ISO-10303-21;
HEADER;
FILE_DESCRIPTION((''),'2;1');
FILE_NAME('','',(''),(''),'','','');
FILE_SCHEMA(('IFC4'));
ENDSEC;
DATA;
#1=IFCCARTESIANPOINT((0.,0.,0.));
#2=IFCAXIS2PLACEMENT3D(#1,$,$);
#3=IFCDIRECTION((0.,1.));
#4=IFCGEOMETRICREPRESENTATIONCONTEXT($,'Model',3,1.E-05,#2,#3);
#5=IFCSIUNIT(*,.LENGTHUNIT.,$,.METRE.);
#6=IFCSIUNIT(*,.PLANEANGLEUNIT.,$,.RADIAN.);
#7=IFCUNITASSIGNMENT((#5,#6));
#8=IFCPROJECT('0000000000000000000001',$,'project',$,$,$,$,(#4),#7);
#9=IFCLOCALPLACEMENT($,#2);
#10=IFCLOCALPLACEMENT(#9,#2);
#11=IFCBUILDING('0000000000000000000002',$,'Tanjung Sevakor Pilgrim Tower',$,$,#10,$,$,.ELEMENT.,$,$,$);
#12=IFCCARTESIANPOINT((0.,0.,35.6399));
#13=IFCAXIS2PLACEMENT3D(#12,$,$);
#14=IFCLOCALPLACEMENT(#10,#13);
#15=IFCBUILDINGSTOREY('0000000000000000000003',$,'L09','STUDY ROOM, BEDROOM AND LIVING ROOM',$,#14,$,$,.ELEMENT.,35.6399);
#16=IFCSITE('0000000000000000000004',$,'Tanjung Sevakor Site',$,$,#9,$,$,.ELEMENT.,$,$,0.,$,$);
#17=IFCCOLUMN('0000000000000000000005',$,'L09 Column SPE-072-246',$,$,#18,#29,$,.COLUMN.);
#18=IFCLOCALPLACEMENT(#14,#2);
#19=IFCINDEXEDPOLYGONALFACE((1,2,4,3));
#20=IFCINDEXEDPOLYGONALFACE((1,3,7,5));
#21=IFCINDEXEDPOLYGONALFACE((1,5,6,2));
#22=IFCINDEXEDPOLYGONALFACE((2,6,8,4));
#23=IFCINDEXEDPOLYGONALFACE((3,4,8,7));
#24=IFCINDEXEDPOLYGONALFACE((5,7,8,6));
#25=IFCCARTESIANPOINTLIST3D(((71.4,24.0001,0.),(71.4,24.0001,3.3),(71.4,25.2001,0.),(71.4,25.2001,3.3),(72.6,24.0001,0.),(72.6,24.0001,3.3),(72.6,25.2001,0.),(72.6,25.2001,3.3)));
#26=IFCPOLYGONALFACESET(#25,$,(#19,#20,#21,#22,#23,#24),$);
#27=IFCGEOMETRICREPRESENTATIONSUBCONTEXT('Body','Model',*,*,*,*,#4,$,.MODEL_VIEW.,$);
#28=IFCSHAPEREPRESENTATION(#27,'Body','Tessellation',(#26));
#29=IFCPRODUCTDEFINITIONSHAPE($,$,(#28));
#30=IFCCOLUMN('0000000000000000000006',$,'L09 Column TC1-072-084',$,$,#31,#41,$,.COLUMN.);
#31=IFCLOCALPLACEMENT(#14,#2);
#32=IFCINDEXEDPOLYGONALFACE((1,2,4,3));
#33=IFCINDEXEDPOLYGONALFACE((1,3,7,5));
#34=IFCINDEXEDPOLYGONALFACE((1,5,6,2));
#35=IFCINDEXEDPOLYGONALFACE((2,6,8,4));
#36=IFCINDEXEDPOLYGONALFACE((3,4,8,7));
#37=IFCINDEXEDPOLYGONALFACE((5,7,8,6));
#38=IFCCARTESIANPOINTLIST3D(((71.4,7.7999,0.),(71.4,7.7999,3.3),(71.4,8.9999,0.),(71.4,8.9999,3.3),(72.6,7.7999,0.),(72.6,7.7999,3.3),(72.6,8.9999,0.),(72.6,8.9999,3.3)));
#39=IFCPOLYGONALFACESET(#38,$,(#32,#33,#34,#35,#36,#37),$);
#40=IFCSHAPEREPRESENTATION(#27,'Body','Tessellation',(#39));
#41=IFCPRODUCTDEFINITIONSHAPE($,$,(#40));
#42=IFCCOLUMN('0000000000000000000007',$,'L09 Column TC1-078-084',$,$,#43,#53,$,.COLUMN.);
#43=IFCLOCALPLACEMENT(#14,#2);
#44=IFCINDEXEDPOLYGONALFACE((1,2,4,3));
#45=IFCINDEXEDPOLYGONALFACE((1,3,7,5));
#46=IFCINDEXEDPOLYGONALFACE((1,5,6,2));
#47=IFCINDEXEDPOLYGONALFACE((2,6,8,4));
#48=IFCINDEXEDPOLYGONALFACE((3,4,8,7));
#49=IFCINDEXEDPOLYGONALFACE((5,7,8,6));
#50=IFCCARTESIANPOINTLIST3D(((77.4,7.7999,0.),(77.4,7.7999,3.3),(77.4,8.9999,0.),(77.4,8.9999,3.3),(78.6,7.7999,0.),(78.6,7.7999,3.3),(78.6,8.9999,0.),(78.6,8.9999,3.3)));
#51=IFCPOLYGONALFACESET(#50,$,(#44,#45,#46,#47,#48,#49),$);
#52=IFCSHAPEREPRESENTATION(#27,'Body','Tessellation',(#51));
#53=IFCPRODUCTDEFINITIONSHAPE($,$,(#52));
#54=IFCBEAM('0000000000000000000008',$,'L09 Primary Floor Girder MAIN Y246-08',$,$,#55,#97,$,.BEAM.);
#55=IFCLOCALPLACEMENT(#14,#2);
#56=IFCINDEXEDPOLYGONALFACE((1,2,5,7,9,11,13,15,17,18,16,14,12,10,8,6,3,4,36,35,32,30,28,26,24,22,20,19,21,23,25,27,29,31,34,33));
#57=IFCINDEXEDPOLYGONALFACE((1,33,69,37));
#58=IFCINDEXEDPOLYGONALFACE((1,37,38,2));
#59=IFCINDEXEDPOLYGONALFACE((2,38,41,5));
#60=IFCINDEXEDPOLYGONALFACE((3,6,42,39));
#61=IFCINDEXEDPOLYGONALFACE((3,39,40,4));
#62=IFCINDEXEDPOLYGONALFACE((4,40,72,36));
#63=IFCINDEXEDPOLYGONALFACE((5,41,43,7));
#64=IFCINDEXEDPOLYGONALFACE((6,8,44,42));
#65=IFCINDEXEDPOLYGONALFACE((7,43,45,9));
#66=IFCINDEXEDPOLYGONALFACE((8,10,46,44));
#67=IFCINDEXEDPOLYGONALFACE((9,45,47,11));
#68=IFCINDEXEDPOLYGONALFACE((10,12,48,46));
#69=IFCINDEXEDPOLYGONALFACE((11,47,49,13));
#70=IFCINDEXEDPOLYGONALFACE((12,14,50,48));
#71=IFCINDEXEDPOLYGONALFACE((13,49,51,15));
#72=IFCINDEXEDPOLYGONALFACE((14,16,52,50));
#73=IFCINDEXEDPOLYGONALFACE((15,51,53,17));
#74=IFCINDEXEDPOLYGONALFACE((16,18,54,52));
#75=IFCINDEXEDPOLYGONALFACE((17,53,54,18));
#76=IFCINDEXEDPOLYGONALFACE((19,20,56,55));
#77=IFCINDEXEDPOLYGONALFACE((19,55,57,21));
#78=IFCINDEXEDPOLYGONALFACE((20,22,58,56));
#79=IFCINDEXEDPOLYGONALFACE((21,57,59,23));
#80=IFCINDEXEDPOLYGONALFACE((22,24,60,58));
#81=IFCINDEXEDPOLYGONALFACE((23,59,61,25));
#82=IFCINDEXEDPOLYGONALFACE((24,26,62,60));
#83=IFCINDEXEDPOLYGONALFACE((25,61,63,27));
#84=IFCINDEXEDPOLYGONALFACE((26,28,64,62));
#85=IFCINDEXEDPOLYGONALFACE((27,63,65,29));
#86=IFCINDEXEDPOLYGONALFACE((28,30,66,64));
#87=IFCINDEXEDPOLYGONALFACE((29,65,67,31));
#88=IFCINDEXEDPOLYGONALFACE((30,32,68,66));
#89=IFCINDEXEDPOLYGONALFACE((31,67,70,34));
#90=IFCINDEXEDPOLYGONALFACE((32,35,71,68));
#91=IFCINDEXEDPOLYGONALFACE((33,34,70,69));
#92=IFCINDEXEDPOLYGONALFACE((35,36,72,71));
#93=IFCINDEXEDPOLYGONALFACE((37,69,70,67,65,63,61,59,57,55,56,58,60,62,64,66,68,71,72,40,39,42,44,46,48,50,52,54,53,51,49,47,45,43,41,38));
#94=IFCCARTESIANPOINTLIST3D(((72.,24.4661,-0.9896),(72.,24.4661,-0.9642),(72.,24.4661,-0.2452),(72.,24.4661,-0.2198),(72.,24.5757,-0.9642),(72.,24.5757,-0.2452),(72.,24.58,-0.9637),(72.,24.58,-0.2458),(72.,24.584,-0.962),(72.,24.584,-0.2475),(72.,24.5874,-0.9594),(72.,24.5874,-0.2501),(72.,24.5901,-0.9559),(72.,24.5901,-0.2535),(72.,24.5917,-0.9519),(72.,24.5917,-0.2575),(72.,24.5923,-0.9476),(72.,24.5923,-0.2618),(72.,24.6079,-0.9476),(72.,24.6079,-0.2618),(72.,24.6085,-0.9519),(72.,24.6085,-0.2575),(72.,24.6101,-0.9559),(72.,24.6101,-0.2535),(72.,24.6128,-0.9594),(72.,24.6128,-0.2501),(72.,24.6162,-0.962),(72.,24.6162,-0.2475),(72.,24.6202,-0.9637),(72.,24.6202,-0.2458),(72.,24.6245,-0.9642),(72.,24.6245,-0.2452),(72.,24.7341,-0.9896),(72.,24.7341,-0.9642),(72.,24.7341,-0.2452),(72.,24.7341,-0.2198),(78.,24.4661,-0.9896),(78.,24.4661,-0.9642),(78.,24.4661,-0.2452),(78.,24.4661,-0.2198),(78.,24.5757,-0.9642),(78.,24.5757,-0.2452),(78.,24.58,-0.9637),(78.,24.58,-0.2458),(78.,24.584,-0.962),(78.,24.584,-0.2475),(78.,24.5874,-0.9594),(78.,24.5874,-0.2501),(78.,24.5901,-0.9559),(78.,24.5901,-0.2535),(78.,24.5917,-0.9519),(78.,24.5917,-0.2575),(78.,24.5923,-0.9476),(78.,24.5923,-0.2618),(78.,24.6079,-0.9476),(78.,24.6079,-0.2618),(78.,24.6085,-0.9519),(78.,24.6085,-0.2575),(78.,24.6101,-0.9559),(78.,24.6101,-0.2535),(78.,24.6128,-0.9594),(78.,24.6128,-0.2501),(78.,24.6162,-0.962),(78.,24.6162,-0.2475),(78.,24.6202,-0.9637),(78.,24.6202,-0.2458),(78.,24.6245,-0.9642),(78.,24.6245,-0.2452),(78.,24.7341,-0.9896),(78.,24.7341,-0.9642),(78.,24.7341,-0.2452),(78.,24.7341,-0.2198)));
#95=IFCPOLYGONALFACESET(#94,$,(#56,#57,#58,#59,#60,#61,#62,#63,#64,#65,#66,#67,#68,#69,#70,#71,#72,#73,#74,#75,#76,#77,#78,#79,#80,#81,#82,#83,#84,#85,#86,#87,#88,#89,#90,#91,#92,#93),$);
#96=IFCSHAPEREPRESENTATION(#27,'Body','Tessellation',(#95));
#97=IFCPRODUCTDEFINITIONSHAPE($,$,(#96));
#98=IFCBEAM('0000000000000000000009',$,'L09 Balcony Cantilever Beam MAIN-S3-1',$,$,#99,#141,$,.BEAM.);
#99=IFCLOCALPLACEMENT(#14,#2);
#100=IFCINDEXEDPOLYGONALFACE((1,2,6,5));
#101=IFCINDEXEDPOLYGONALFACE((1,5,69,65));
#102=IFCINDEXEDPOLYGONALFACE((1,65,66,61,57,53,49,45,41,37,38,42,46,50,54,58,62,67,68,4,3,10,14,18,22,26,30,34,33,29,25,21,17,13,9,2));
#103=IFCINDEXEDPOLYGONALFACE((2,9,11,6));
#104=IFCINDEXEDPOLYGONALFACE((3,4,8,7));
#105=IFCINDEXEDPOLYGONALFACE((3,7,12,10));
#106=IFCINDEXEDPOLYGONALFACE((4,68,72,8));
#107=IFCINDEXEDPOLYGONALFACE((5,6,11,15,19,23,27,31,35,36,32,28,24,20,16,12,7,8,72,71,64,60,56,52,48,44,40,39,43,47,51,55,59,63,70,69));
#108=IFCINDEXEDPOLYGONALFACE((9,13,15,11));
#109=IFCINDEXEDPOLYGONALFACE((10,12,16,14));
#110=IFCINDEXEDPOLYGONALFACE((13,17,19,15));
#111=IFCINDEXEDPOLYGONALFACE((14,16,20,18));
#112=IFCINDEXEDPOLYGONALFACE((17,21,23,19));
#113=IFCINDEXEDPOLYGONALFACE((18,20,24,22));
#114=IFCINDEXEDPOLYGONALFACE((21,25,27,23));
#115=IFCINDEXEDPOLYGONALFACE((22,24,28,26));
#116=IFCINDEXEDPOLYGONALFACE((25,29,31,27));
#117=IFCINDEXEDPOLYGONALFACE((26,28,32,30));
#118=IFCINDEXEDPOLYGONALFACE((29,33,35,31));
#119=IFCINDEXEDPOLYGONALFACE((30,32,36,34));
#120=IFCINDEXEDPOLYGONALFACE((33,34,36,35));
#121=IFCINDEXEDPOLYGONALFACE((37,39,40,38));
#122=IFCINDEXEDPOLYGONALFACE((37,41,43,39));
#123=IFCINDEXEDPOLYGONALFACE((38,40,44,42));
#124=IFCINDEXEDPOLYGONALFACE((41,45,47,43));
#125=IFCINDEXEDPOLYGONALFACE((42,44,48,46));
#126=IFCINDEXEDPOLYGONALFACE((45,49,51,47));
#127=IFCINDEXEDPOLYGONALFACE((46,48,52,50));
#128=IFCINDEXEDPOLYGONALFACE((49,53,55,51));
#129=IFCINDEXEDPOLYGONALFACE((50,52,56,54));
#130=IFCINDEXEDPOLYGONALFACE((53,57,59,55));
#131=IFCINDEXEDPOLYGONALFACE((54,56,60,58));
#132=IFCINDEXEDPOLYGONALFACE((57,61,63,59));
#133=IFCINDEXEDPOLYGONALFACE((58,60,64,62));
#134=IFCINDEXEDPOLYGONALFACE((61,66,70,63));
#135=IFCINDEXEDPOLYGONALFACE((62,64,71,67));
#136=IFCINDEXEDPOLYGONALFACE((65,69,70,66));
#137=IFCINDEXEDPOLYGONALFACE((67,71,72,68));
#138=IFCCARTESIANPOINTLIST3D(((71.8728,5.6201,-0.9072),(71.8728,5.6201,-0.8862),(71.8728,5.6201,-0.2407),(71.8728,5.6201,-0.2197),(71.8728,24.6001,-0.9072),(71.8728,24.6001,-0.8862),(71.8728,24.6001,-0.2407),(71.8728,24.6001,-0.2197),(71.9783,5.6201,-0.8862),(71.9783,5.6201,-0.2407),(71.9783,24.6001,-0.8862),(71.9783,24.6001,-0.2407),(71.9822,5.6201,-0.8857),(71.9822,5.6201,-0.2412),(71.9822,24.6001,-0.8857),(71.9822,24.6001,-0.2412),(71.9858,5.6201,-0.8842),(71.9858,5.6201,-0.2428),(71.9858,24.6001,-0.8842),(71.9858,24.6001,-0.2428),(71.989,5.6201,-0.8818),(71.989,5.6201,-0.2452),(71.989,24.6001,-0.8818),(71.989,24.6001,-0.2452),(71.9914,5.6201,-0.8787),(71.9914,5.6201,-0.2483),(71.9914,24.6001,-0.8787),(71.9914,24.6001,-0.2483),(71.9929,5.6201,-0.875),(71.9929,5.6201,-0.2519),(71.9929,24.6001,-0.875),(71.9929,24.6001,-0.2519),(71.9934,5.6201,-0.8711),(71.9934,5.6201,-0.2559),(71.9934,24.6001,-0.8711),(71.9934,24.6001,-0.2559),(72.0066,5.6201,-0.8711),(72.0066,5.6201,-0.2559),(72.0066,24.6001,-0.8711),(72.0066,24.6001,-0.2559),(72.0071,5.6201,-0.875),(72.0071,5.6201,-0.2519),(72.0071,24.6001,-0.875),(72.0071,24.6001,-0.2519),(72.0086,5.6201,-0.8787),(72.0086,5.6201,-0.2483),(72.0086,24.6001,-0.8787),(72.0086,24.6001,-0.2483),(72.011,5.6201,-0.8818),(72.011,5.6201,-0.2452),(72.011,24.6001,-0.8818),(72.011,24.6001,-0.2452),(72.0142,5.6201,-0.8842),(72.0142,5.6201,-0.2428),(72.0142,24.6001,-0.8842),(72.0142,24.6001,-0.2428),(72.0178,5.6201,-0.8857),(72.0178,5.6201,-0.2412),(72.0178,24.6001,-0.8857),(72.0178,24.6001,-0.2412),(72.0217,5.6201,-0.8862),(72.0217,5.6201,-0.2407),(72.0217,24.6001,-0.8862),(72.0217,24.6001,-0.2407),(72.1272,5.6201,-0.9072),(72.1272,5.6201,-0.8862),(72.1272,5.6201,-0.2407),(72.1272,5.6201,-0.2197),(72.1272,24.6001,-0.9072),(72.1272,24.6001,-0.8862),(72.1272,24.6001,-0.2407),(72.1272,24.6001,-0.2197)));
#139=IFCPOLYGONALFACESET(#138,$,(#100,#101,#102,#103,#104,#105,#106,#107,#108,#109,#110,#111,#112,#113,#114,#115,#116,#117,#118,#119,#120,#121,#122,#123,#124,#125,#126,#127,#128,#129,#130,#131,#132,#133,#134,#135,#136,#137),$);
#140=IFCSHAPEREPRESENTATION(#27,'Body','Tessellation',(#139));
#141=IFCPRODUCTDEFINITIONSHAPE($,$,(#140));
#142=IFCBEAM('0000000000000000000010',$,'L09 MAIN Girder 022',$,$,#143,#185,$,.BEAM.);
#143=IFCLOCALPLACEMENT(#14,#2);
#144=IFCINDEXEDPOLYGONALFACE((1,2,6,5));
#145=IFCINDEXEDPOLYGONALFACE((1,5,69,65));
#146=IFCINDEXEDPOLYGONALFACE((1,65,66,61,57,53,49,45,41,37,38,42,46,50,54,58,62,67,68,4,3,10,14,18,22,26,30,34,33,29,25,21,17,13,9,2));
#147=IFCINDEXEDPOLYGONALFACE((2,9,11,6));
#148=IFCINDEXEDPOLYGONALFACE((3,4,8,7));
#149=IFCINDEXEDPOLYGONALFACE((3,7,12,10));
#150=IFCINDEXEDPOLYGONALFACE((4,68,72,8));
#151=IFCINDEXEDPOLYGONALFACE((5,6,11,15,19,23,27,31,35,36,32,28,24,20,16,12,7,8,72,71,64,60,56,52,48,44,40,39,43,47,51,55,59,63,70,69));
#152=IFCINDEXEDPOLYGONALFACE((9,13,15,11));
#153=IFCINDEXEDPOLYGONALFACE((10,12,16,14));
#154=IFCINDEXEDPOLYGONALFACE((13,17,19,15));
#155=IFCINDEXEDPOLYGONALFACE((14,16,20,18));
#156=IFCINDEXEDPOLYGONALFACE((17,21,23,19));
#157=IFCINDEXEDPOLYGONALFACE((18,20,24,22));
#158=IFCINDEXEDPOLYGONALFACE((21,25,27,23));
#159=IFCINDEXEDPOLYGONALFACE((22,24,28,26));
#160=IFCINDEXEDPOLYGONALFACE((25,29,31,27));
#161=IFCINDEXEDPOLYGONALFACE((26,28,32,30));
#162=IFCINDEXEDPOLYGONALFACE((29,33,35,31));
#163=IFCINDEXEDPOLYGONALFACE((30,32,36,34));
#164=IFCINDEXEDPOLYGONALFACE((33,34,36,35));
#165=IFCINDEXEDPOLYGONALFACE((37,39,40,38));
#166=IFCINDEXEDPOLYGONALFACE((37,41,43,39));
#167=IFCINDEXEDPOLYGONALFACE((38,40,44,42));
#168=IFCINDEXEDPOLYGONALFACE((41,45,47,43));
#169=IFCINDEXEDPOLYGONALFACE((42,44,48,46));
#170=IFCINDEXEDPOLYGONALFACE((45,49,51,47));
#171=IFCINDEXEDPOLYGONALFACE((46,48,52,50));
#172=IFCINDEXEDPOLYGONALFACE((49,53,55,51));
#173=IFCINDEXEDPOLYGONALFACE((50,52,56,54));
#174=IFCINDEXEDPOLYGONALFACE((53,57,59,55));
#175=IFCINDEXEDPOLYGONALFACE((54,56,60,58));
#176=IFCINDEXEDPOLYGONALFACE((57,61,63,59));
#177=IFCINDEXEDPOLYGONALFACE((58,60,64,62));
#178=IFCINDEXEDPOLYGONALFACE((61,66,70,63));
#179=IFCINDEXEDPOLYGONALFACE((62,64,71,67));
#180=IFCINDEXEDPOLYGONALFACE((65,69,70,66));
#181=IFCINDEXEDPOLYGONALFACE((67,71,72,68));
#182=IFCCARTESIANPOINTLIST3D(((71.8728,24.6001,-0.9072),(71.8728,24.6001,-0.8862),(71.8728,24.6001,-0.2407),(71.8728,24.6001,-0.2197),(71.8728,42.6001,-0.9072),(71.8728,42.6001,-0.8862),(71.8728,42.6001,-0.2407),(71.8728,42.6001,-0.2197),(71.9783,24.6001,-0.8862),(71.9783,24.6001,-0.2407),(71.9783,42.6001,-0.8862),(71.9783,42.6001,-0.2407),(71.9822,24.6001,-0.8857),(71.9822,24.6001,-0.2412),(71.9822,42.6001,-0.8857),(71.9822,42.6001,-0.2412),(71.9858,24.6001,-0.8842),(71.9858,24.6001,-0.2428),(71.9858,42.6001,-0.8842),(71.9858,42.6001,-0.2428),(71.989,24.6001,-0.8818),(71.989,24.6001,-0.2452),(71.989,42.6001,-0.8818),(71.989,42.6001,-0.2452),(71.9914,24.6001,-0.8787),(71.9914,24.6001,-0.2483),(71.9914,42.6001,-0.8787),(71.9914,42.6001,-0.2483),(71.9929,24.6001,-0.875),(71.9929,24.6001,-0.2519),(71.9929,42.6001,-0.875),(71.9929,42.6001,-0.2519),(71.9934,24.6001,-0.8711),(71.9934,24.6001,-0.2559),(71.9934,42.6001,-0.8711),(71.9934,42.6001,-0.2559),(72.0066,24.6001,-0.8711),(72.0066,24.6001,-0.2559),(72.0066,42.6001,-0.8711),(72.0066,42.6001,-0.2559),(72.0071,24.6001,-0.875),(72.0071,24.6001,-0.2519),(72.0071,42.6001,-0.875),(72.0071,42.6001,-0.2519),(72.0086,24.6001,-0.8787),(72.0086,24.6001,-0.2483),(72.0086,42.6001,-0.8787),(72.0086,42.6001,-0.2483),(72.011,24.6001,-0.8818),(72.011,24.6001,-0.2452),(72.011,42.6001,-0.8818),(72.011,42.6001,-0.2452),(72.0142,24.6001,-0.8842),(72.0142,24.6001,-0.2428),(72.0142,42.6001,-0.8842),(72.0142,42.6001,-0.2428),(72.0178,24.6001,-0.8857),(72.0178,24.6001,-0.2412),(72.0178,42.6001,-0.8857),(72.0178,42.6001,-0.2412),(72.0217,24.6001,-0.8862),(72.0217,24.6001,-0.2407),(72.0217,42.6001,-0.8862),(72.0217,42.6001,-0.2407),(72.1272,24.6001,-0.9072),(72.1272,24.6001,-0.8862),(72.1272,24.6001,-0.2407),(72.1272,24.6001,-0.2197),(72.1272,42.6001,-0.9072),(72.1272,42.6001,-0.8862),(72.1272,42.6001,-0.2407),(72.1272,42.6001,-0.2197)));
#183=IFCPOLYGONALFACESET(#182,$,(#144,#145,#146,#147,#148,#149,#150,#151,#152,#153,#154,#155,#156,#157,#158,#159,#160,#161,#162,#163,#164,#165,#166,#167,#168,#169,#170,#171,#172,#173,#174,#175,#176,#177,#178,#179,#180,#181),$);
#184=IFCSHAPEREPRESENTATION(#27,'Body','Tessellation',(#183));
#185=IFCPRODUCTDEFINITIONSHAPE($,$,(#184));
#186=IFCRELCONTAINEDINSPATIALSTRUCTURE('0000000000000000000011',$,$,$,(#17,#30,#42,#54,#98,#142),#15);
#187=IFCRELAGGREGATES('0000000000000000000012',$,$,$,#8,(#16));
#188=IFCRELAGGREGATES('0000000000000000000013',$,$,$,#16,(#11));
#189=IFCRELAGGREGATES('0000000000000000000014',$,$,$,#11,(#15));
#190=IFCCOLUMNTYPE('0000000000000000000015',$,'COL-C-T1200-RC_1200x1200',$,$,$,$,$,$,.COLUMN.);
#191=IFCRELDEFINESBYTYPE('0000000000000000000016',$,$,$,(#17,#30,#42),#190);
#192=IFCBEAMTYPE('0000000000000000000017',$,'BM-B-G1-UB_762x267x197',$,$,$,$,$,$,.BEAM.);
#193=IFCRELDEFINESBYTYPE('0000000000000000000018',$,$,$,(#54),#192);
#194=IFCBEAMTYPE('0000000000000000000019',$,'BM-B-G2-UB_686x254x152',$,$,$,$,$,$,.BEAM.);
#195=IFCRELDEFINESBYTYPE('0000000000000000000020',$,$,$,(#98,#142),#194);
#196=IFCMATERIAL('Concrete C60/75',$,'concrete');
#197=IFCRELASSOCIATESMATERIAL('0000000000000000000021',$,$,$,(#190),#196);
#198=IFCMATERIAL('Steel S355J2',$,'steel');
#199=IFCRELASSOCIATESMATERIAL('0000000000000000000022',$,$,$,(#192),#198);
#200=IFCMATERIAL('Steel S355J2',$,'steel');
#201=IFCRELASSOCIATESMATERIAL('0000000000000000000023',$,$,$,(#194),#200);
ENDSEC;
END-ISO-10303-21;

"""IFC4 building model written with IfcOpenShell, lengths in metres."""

from ifc_helpers import new_model, si_unit, direction, frame, origin, origin_2d, place, context, subcontext, project, spatial, rectangle, i_section, extrude, material, material_profile, profile_set, type_object, element, save


model = new_model("IFC4")

# Units and contexts
model_context = context("Model", 3, precision=1e-05, world=origin(), true_north=direction((0.0, 1.0)))
body_context = subcontext(model_context, "Body", "Model", "MODEL_VIEW")
ifc_project = project(units=[si_unit("LENGTHUNIT", "METRE"), si_unit("PLANEANGLEUNIT", "RADIAN")], contexts=[model_context])

# Site, building, storey
site_placement = place(None, origin())
site = spatial("IfcSite", under=ifc_project, at=site_placement, Name="Tanjung Sevakor Site", CompositionType="ELEMENT", RefElevation=0.0)
building_placement = place(site_placement, origin())
building = spatial("IfcBuilding", under=site, at=building_placement, Name="Tanjung Sevakor Pilgrim Tower", CompositionType="ELEMENT")
storey_placement = place(building_placement, frame((0.0, 0.0, 35.6399)))
storey = spatial("IfcBuildingStorey", under=building, at=storey_placement, Name="L09", Description="STUDY ROOM, BEDROOM AND LIVING ROOM", CompositionType="ELEMENT", Elevation=35.6399)

# Columns
ifc_material_1 = material(Name="Concrete C60/75", Category="concrete")
ifc_material_profile_1 = material_profile(ifc_material_1, rectangle(XDim=1.2, YDim=1.2, at=origin_2d()))
ifc_profile_set_1 = profile_set([ifc_material_profile_1], Name="Concrete C60/75")
column_type = type_object("IfcColumnType", Name="COL-C-T1200-RC_1200x1200", PredefinedType="COLUMN", material=ifc_profile_set_1)
for number, where, z_axis, x_axis, name in (
    (1, (72.0, 24.6001, 0.0), (0.0, 0.0, 1.0), (1.0, 0.0, 0.0), "L09 Column SPE-072-246"),
    (2, (72.0, 8.3999, 0.0), (0.0, 0.0, 1.0), (1.0, 0.0, 0.0), "L09 Column TC1-072-084"),
    (3, (78.0, 8.3999, 0.0), (0.0, 0.0, 1.0), (1.0, 0.0, 0.0), "L09 Column TC1-078-084"),
):
    element("IfcColumn", number, at=place(storey_placement, frame(where, z_axis=z_axis, x_axis=x_axis)), inside=storey, type_object=column_type, Name=name, PredefinedType="COLUMN", context=body_context, shape_type="SweptSolid", body=[
        extrude(rectangle(XDim=1.2, YDim=1.2, at=origin_2d()), origin(), (0.0, 0.0, 1.0), 3.3),
    ])

# Beams
ifc_material_2 = material(Name="Steel S355J2", Category="steel")
ifc_material_profile_2 = material_profile(ifc_material_2, i_section(OverallWidth=0.2681, OverallDepth=0.7698, WebThickness=0.0156, FlangeThickness=0.0254, FilletRadius=0.0166, at=origin_2d()))
ifc_profile_set_2 = profile_set([ifc_material_profile_2], Name="Steel S355J2")
beam_type_1 = type_object("IfcBeamType", Name="BM-B-G1-UB_762x267x197", PredefinedType="BEAM", material=ifc_profile_set_2)
beam_1_placement = place(storey_placement, frame((72.0, 24.6001, -0.6047), z_axis=(1.0, 0.0, 0.0), x_axis=(0.0, 1.0, 0.0)))
element("IfcBeam", 4, at=beam_1_placement, inside=storey, type_object=beam_type_1, Name="L09 Primary Floor Girder MAIN Y246-08", PredefinedType="BEAM", context=body_context, shape_type="SweptSolid", body=[
    extrude(i_section(OverallWidth=0.2681, OverallDepth=0.7698, WebThickness=0.0156, FlangeThickness=0.0254, FilletRadius=0.0166, at=origin_2d()), origin(), (0.0, 0.0, 1.0), 6.0),
])
ifc_material_3 = material(Name="Steel S355J2", Category="steel")
ifc_material_profile_3 = material_profile(ifc_material_3, i_section(OverallWidth=0.2544, OverallDepth=0.6875, WebThickness=0.0132, FlangeThickness=0.021, FilletRadius=0.0151, at=origin_2d()))
ifc_profile_set_3 = profile_set([ifc_material_profile_3], Name="Steel S355J2")
beam_type_2 = type_object("IfcBeamType", Name="BM-B-G2-UB_686x254x152", PredefinedType="BEAM", material=ifc_profile_set_3)
beam_2_placement = place(storey_placement, frame((72.0, 24.6001, -0.5635), z_axis=(0.0, -1.0, 0.0), x_axis=(1.0, 0.0, 0.0)))
element("IfcBeam", 5, at=beam_2_placement, inside=storey, type_object=beam_type_2, Name="L09 Balcony Cantilever Beam MAIN-S3-1", PredefinedType="BEAM", context=body_context, shape_type="SweptSolid", body=[
    extrude(i_section(OverallWidth=0.2544, OverallDepth=0.6875, WebThickness=0.0132, FlangeThickness=0.021, FilletRadius=0.0151, at=origin_2d()), origin(), (0.0, 0.0, 1.0), 18.98),
])
beam_3_placement = place(storey_placement, frame((72.0, 24.6001, -0.5635), z_axis=(0.0, 1.0, 0.0), x_axis=(-1.0, 0.0, 0.0)))
element("IfcBeam", 6, at=beam_3_placement, inside=storey, type_object=beam_type_2, Name="L09 MAIN Girder 022", PredefinedType="BEAM", context=body_context, shape_type="SweptSolid", body=[
    extrude(i_section(OverallWidth=0.2544, OverallDepth=0.6875, WebThickness=0.0132, FlangeThickness=0.021, FilletRadius=0.0151, at=origin_2d()), origin(), (0.0, 0.0, 1.0), 18.0),
])

save(model, "model.ifc")
